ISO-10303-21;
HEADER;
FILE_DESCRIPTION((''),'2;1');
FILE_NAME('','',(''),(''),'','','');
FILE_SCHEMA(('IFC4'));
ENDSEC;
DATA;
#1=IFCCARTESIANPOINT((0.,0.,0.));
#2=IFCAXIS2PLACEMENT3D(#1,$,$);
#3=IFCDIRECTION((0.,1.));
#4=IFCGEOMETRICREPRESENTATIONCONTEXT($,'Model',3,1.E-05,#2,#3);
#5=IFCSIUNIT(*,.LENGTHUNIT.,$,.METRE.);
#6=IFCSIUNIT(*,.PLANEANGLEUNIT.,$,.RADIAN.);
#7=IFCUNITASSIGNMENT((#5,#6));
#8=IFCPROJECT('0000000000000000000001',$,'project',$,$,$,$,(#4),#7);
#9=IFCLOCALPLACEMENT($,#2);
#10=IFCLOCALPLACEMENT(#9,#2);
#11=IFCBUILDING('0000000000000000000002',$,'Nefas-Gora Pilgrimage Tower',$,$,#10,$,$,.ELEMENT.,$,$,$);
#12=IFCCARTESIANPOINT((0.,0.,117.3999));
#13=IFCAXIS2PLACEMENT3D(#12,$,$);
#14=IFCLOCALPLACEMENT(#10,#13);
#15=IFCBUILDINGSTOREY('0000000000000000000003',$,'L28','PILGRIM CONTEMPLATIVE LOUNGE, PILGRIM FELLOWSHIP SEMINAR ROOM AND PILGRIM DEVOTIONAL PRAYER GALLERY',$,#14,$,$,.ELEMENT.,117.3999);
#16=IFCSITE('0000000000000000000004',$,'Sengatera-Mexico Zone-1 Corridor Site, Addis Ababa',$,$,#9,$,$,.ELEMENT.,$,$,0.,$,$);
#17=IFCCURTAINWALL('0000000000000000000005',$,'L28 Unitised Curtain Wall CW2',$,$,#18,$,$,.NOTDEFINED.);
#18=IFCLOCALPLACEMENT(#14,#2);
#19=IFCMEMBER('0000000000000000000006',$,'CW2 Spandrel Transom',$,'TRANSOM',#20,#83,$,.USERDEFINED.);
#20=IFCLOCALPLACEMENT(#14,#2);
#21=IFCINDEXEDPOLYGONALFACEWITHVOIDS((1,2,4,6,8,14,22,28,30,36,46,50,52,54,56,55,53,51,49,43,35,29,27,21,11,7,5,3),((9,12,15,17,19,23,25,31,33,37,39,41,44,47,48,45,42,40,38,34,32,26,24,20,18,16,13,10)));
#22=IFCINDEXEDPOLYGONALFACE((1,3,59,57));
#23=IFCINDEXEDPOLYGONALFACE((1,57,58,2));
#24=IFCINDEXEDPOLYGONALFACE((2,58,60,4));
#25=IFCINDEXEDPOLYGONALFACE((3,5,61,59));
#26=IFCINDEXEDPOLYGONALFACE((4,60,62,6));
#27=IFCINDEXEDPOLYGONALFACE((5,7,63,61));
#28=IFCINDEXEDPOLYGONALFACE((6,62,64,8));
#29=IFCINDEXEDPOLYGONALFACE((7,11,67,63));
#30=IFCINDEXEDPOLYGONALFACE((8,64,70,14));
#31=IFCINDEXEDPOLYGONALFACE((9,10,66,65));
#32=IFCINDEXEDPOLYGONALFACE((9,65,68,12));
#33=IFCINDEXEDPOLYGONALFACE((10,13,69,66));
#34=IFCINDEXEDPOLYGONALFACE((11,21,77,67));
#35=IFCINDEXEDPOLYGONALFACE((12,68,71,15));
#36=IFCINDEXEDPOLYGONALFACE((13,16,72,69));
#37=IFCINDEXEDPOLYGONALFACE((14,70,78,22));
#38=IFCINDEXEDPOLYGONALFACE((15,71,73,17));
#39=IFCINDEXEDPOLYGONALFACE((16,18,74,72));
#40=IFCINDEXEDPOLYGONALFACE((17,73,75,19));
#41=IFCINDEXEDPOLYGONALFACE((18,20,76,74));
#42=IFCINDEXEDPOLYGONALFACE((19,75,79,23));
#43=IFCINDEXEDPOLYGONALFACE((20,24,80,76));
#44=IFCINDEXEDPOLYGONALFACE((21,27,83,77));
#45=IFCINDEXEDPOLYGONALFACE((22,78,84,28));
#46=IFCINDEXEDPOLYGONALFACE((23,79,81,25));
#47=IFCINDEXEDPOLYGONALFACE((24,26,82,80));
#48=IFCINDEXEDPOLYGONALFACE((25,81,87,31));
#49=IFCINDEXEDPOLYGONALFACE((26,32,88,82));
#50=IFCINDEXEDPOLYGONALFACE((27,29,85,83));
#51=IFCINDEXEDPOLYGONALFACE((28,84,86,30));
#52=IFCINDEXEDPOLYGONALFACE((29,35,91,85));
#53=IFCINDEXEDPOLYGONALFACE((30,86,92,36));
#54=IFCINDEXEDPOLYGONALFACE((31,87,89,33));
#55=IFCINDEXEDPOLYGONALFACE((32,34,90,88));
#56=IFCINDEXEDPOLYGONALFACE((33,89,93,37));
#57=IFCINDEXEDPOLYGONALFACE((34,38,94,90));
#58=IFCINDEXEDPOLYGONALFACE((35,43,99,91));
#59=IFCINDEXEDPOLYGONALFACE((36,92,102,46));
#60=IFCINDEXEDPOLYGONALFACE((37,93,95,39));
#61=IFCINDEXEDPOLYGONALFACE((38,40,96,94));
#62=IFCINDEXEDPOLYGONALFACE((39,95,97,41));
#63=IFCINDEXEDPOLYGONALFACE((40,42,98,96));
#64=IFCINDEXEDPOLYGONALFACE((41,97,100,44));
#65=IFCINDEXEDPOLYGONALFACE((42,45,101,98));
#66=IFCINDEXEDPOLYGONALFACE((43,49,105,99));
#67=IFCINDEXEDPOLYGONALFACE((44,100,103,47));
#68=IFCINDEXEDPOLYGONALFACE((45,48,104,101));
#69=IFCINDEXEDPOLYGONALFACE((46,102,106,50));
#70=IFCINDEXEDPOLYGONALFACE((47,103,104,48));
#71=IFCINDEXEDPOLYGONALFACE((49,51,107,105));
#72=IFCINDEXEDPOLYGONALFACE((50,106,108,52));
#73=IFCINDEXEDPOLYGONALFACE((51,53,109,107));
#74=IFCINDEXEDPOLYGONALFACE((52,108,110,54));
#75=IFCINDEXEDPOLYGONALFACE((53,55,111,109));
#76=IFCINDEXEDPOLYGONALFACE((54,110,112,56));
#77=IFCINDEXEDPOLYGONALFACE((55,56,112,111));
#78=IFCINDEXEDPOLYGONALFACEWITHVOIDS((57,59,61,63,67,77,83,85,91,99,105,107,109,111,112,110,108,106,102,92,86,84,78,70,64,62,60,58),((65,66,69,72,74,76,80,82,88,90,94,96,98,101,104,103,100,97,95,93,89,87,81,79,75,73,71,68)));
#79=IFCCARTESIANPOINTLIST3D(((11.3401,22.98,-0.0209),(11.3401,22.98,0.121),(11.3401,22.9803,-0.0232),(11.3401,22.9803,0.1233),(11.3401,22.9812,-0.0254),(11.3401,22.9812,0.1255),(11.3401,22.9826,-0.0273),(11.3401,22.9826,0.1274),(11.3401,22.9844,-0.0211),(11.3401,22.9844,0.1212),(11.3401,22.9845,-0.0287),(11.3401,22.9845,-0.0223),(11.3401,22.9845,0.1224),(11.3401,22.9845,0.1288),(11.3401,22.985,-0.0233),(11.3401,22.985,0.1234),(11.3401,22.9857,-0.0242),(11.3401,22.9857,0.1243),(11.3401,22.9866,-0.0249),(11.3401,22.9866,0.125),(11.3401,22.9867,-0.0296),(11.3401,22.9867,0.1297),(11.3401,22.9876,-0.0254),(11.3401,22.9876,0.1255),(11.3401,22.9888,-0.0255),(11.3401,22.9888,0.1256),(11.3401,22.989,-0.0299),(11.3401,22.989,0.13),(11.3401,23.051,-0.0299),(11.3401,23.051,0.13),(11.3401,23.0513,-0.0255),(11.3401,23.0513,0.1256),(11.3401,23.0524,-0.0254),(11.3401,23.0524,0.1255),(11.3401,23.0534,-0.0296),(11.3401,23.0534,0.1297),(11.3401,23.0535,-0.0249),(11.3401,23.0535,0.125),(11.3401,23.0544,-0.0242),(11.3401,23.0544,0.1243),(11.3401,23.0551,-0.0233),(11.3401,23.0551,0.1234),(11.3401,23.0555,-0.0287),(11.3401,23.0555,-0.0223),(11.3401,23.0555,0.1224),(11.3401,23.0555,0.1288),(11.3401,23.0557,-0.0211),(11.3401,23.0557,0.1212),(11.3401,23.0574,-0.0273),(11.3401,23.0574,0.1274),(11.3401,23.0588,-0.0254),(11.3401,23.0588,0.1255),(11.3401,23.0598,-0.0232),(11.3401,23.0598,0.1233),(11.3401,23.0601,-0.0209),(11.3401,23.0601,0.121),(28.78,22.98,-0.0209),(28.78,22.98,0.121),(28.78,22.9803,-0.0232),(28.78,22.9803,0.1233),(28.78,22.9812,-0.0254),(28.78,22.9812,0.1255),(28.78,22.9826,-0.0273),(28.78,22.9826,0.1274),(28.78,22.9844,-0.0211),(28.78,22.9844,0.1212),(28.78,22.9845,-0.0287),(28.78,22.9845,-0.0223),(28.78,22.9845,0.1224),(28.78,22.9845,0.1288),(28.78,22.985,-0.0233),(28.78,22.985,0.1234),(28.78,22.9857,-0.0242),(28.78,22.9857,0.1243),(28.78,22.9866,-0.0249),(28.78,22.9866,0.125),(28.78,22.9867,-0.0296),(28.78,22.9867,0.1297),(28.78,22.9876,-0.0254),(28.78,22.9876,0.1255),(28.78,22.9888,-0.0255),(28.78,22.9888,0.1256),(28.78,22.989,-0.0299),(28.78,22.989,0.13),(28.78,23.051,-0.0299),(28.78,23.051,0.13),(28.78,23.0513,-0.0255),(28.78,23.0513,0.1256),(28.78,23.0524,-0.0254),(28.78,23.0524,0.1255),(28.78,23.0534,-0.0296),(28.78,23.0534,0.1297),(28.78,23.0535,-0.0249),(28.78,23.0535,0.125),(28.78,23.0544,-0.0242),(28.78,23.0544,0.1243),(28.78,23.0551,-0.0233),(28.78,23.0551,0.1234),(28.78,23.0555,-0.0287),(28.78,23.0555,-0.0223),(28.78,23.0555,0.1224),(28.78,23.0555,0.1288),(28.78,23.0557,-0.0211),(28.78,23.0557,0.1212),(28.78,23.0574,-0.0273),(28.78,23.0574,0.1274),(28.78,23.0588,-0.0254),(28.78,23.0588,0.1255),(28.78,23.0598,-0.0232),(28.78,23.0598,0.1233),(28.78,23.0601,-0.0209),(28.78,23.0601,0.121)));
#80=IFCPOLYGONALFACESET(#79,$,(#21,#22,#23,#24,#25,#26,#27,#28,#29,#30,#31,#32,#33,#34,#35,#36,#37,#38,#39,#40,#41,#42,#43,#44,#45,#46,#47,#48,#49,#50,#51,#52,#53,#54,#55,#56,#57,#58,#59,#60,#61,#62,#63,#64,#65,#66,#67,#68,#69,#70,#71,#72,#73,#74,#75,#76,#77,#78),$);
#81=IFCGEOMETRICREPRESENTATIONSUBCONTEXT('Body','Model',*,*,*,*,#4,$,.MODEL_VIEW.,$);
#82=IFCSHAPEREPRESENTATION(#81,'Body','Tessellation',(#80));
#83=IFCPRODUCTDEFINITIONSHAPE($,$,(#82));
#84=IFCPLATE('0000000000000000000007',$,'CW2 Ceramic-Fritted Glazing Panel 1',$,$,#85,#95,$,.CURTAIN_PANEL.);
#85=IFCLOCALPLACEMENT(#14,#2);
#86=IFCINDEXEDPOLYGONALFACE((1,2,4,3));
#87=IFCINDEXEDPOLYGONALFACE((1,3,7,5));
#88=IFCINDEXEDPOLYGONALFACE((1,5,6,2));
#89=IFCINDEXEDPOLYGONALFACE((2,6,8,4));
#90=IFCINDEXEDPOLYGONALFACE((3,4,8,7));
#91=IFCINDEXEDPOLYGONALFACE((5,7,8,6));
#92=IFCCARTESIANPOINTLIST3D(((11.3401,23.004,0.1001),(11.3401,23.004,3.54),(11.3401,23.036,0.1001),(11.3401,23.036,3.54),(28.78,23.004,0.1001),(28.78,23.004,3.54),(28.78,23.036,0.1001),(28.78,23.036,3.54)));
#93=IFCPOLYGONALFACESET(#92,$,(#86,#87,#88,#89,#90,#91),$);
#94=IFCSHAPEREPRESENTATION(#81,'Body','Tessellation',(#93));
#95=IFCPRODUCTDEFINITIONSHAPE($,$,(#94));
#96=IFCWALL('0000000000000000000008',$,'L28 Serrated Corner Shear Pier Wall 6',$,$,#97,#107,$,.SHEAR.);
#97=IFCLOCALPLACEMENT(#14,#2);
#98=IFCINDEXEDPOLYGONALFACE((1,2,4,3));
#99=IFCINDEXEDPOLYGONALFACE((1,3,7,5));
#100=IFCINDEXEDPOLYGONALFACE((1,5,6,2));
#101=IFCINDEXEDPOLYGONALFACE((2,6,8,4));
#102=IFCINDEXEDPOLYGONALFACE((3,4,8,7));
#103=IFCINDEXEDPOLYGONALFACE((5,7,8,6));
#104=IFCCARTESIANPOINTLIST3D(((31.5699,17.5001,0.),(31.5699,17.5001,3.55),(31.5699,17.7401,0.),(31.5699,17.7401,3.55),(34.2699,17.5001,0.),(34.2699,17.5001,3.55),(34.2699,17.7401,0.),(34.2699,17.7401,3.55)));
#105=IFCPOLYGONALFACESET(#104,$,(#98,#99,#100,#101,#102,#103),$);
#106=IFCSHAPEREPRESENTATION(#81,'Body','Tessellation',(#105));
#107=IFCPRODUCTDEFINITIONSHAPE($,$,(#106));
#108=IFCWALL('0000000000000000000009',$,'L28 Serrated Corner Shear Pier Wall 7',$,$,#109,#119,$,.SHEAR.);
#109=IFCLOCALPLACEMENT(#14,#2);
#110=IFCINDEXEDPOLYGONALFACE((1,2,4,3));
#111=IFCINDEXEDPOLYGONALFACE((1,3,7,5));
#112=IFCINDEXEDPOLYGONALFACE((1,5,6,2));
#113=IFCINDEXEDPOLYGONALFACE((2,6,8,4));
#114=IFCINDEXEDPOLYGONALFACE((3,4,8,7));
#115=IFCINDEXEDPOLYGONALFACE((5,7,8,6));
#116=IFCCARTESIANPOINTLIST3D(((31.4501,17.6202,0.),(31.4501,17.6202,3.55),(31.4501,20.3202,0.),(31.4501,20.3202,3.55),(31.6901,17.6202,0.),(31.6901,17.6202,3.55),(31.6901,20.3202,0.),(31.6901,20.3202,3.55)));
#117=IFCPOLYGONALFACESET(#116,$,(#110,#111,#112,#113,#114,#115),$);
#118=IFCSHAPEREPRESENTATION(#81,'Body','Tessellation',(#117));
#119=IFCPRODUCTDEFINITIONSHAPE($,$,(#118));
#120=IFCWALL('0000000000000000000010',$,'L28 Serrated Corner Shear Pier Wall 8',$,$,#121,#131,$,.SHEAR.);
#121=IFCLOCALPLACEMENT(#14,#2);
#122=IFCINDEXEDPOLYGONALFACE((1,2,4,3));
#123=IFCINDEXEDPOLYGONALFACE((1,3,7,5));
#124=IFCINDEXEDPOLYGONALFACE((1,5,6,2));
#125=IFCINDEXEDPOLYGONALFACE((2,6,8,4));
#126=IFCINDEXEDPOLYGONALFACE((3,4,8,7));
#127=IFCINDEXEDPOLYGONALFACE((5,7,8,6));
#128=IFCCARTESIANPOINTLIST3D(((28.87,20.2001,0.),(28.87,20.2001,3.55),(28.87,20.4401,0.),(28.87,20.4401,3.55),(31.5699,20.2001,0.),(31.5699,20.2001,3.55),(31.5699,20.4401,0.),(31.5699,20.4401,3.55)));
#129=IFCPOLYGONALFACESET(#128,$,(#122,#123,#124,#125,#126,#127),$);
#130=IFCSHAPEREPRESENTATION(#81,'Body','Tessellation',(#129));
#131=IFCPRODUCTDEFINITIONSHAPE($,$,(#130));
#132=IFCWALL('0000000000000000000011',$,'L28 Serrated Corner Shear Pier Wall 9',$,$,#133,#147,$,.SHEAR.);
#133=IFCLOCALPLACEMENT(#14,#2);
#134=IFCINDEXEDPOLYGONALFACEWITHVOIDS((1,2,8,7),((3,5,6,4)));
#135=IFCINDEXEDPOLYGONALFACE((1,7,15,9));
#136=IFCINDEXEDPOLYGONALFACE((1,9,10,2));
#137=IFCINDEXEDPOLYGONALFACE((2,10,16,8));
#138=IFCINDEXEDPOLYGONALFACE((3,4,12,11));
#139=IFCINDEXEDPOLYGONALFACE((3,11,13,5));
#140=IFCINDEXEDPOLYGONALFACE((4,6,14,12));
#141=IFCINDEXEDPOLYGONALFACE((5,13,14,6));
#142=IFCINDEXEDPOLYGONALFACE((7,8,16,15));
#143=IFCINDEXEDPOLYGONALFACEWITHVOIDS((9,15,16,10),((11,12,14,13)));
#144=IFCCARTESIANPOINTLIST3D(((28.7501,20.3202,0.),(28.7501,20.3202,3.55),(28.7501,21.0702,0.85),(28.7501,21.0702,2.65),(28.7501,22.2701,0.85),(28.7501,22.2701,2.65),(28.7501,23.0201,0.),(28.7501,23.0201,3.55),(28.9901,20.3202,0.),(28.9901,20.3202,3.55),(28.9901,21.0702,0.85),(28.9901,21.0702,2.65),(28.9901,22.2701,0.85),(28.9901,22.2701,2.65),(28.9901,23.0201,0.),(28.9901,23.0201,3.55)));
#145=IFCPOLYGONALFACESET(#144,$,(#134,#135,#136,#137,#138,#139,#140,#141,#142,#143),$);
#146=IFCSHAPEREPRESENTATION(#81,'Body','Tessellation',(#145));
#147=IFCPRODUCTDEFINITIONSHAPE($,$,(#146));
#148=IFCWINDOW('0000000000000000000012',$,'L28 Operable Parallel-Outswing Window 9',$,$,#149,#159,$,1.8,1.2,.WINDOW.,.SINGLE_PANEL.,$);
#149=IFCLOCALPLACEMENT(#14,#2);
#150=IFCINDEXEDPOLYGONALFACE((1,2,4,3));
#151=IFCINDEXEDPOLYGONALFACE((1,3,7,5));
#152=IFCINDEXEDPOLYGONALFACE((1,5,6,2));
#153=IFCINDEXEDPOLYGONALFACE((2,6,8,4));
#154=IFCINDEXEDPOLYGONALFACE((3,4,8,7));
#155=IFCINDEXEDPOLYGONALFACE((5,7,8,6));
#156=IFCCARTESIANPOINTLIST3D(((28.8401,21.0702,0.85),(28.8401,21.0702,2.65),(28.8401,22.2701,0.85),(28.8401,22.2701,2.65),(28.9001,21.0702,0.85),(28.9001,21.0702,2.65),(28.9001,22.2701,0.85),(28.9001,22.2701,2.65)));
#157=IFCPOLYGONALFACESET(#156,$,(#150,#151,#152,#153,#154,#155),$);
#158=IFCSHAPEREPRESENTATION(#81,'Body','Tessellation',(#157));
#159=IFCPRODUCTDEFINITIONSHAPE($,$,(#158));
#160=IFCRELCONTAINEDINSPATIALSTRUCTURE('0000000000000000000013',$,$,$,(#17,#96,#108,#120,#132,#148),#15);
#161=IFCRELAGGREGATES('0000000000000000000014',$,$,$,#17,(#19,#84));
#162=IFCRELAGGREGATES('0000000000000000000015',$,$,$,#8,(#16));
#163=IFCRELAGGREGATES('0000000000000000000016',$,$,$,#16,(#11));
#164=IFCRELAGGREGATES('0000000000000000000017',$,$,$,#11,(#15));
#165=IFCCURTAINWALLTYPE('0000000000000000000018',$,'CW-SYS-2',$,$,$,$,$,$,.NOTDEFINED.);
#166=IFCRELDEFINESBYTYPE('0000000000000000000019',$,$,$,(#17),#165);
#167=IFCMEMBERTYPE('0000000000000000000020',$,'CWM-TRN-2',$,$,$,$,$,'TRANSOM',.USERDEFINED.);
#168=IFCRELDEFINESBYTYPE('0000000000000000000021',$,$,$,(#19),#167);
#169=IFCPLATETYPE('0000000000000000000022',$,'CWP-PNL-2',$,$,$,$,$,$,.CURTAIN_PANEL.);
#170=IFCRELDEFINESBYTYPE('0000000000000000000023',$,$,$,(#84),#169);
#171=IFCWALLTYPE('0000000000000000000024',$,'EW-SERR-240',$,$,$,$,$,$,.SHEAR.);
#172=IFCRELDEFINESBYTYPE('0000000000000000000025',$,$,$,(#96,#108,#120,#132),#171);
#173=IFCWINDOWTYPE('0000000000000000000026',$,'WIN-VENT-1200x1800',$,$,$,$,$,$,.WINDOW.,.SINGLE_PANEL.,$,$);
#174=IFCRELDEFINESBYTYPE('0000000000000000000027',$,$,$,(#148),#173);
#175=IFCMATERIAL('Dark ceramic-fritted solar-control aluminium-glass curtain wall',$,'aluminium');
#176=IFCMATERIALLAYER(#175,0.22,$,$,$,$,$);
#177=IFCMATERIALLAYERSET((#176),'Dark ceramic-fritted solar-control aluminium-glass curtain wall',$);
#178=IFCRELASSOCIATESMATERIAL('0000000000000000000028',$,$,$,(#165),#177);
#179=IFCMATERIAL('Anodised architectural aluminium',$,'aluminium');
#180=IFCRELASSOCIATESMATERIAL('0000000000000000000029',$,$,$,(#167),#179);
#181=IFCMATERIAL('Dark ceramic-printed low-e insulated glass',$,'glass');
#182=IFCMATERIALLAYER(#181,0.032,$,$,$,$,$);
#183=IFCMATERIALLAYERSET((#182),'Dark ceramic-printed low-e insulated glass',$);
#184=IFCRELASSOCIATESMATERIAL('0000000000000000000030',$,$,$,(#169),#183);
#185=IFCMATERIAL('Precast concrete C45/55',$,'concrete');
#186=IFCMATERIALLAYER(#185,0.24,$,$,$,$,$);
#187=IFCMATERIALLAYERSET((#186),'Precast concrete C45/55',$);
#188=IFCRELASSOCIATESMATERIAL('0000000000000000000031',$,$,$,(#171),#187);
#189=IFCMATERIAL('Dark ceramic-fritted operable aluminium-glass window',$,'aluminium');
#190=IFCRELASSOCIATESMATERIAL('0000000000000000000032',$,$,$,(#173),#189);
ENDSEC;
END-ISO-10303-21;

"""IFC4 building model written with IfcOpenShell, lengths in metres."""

from ifc_helpers import new_model, si_unit, direction, frame, frame_2d, origin, origin_2d, place, context, subcontext, project, spatial, rectangle, hollow_rectangle, extrude, source, transform, mapped, material, layer, layer_set, material_profile, profile_set, type_object, element, fill, aggregate, save


model = new_model("IFC4")

# Units and contexts
model_context = context("Model", 3, precision=1e-05, world=origin(), true_north=direction((0.0, 1.0)))
body_context = subcontext(model_context, "Body", "Model", "MODEL_VIEW")
ifc_project = project(units=[si_unit("LENGTHUNIT", "METRE"), si_unit("PLANEANGLEUNIT", "RADIAN")], contexts=[model_context])

# Site, building, storey
site_placement = place(None, origin())
site = spatial("IfcSite", under=ifc_project, at=site_placement, Name="Sengatera-Mexico Zone-1 Corridor Site, Addis Ababa", CompositionType="ELEMENT", RefElevation=0.0)
building_placement = place(site_placement, origin())
building = spatial("IfcBuilding", under=site, at=building_placement, Name="Nefas-Gora Pilgrimage Tower", CompositionType="ELEMENT")
storey_placement = place(building_placement, frame((0.0, 0.0, 117.3999)))
storey = spatial("IfcBuildingStorey", under=building, at=storey_placement, Name="L28", Description="PILGRIM CONTEMPLATIVE LOUNGE, PILGRIM FELLOWSHIP SEMINAR ROOM AND PILGRIM DEVOTIONAL PRAYER GALLERY", CompositionType="ELEMENT", Elevation=117.3999)

# Shared definitions
ifc_material_1 = material(Name="Dark ceramic-fritted solar-control aluminium-glass curtain wall", Category="aluminium")
ifc_layer_1 = layer(ifc_material_1, 0.22)
ifc_layer_set_1 = layer_set([ifc_layer_1], Name="Dark ceramic-fritted solar-control aluminium-glass curtain wall")
curtain_wall_type = type_object("IfcCurtainWallType", Name="CW-SYS-2", PredefinedType="NOTDEFINED", material=ifc_layer_set_1)
ifc_material_2 = material(Name="Anodised architectural aluminium", Category="aluminium")

# Curtain wall, member, plate
curtain_wall_1_placement = place(storey_placement, origin())
curtain_wall_1 = element("IfcCurtainWall", 1, at=curtain_wall_1_placement, inside=storey, type_object=curtain_wall_type, Name="L28 Unitised Curtain Wall CW2", PredefinedType="NOTDEFINED")
ifc_material_profile_1 = material_profile(ifc_material_2, hollow_rectangle(XDim=0.0801, YDim=0.1599, WallThickness=0.0044, InnerFilletRadius=0.0044, OuterFilletRadius=0.009, at=origin_2d()), Name="ALU TRANSOM 80x160")
ifc_profile_set_1 = profile_set([ifc_material_profile_1], Name="Anodised architectural aluminium")
member_type_1 = type_object("IfcMemberType", Name="CWM-TRN-2", ElementType="TRANSOM", PredefinedType="USERDEFINED", material=ifc_profile_set_1)
shared_shape_1 = source(origin(), body_context, "Body", "SweptSolid", [
    extrude(hollow_rectangle(XDim=0.0801, YDim=0.1599, WallThickness=0.0044, InnerFilletRadius=0.0044, OuterFilletRadius=0.009, at=origin_2d()), origin(), (0.0, 0.0, 1.0), 17.4399),
])
member_1_placement = place(storey_placement, frame((28.78, 23.02, 0.05), z_axis=(-1.0, 0.0, 0.0), x_axis=(0.0, -1.0, 0.0)))
member_1 = element("IfcMember", 2, at=member_1_placement, type_object=member_type_1, Name="CW2 Spandrel Transom", ObjectType="TRANSOM", PredefinedType="USERDEFINED", context=body_context, shape_type="MappedRepresentation", body=[
    mapped(shared_shape_1, transform((0.0, 0.0, 0.0), x_axis=(1.0, 0.0, 0.0), y_axis=(0.0, 1.0, 0.0), z_axis=(0.0, 0.0, 1.0), scale=1.0)),
])
ifc_material_3 = material(Name="Dark ceramic-printed low-e insulated glass", Category="glass")
ifc_layer_2 = layer(ifc_material_3, 0.032)
ifc_layer_set_2 = layer_set([ifc_layer_2], Name="Dark ceramic-printed low-e insulated glass")
plate_type = type_object("IfcPlateType", Name="CWP-PNL-2", PredefinedType="CURTAIN_PANEL", material=ifc_layer_set_2)
shared_shape_2 = source(origin(), body_context, "Body", "SweptSolid", [
    extrude(rectangle(XDim=17.4399, YDim=0.032, at=origin_2d()), origin(), (0.0, 0.0, 1.0), 3.4399),
])
plate_placement = place(storey_placement, frame((20.0601, 23.02, 0.1001), z_axis=(0.0, 0.0, 1.0), x_axis=(-1.0, 0.0, 0.0)))
plate = element("IfcPlate", 3, at=plate_placement, type_object=plate_type, Name="CW2 Ceramic-Fritted Glazing Panel 1", PredefinedType="CURTAIN_PANEL", context=body_context, shape_type="MappedRepresentation", body=[
    mapped(shared_shape_2, transform((0.0, 0.0, 0.0), x_axis=(1.0, 0.0, 0.0), y_axis=(0.0, 1.0, 0.0), z_axis=(0.0, 0.0, 1.0), scale=1.0)),
])
aggregate(curtain_wall_1, [member_1, plate])

# Walls
ifc_material_4 = material(Name="Precast concrete C45/55", Category="concrete")
ifc_layer_3 = layer(ifc_material_4, 0.24)
ifc_layer_set_3 = layer_set([ifc_layer_3], Name="Precast concrete C45/55")
wall_type = type_object("IfcWallType", Name="EW-SERR-240", PredefinedType="SHEAR", material=ifc_layer_set_3)
shared_shape_3 = source(origin(), body_context, "Body", "SweptSolid", [
    extrude(rectangle(XDim=2.7, YDim=0.24, at=frame_2d((1.3501, 0.0))), origin(), (0.0, 0.0, 1.0), 3.55),
])
for number, where, z_axis, x_axis, name in (
    (4, (34.27, 17.6201, 0.0), (0.0, 0.0, 1.0), (-1.0, 0.0, 0.0), "L28 Serrated Corner Shear Pier Wall 6"),
    (5, (31.5701, 17.6201, 0.0), (0.0, 0.0, 1.0), (0.0, 1.0, 0.0), "L28 Serrated Corner Shear Pier Wall 7"),
    (6, (31.5701, 20.3201, 0.0), (0.0, 0.0, 1.0), (-1.0, 0.0, 0.0), "L28 Serrated Corner Shear Pier Wall 8"),
):
    element("IfcWall", number, at=place(storey_placement, frame(where, z_axis=z_axis, x_axis=x_axis)), inside=storey, type_object=wall_type, Name=name, PredefinedType="SHEAR", context=body_context, shape_type="MappedRepresentation", body=[
        mapped(shared_shape_3, transform((0.0, 0.0, 0.0), x_axis=(1.0, 0.0, 0.0), y_axis=(0.0, 1.0, 0.0), z_axis=(0.0, 0.0, 1.0), scale=1.0)),
    ])

# Wall, opening, window
wall_placement = place(storey_placement, frame((28.8701, 20.3201, 0.0), z_axis=(0.0, 0.0, 1.0), x_axis=(0.0, 1.0, 0.0)))
wall = element("IfcWall", 7, at=wall_placement, inside=storey, type_object=wall_type, Name="L28 Serrated Corner Shear Pier Wall 9", PredefinedType="SHEAR", context=body_context, shape_type="MappedRepresentation", body=[
    mapped(shared_shape_3, transform((0.0, 0.0, 0.0), x_axis=(1.0, 0.0, 0.0), y_axis=(0.0, 1.0, 0.0), z_axis=(0.0, 0.0, 1.0), scale=1.0)),
])
opening_placement = place(wall_placement, frame((0.75, 0.0, 0.8501)))
opening = element("IfcOpeningElement", 8, at=opening_placement, cuts=wall, PredefinedType="OPENING", context=body_context, shape_type="SweptSolid", body=[
    extrude(rectangle(XDim=1.2, YDim=1.8, at=frame_2d((0.6001, 0.8999))), frame((0.0, 0.1299, 0.0), z_axis=(0.0, -1.0, 0.0), x_axis=(1.0, 0.0, 0.0)), (0.0, 0.0, 1.0), 0.26),
])
ifc_material_5 = material(Name="Dark ceramic-fritted operable aluminium-glass window", Category="aluminium")
window_type = type_object("IfcWindowType", Name="WIN-VENT-1200x1800", PartitioningType="SINGLE_PANEL", PredefinedType="WINDOW", material=ifc_material_5)
shared_shape_4 = source(origin(), body_context, "Body", "SweptSolid", [
    extrude(rectangle(XDim=1.2, YDim=1.8, at=frame_2d((0.6001, 0.8999))), frame((0.0, 0.03, 0.0), z_axis=(0.0, -1.0, 0.0), x_axis=(1.0, 0.0, 0.0)), (0.0, 0.0, 1.0), 0.0601),
])
window_placement = place(opening_placement, origin())
window = element("IfcWindow", 9, at=window_placement, inside=storey, type_object=window_type, Name="L28 Operable Parallel-Outswing Window 9", OverallHeight=1.8, OverallWidth=1.2, PartitioningType="SINGLE_PANEL", PredefinedType="WINDOW", context=body_context, shape_type="MappedRepresentation", body=[
    mapped(shared_shape_4, transform((0.0, 0.0, 0.0), x_axis=(1.0, 0.0, 0.0), y_axis=(0.0, 1.0, 0.0), z_axis=(0.0, 0.0, 1.0), scale=1.0)),
])
fill(opening, window)

save(model, "model.ifc")
